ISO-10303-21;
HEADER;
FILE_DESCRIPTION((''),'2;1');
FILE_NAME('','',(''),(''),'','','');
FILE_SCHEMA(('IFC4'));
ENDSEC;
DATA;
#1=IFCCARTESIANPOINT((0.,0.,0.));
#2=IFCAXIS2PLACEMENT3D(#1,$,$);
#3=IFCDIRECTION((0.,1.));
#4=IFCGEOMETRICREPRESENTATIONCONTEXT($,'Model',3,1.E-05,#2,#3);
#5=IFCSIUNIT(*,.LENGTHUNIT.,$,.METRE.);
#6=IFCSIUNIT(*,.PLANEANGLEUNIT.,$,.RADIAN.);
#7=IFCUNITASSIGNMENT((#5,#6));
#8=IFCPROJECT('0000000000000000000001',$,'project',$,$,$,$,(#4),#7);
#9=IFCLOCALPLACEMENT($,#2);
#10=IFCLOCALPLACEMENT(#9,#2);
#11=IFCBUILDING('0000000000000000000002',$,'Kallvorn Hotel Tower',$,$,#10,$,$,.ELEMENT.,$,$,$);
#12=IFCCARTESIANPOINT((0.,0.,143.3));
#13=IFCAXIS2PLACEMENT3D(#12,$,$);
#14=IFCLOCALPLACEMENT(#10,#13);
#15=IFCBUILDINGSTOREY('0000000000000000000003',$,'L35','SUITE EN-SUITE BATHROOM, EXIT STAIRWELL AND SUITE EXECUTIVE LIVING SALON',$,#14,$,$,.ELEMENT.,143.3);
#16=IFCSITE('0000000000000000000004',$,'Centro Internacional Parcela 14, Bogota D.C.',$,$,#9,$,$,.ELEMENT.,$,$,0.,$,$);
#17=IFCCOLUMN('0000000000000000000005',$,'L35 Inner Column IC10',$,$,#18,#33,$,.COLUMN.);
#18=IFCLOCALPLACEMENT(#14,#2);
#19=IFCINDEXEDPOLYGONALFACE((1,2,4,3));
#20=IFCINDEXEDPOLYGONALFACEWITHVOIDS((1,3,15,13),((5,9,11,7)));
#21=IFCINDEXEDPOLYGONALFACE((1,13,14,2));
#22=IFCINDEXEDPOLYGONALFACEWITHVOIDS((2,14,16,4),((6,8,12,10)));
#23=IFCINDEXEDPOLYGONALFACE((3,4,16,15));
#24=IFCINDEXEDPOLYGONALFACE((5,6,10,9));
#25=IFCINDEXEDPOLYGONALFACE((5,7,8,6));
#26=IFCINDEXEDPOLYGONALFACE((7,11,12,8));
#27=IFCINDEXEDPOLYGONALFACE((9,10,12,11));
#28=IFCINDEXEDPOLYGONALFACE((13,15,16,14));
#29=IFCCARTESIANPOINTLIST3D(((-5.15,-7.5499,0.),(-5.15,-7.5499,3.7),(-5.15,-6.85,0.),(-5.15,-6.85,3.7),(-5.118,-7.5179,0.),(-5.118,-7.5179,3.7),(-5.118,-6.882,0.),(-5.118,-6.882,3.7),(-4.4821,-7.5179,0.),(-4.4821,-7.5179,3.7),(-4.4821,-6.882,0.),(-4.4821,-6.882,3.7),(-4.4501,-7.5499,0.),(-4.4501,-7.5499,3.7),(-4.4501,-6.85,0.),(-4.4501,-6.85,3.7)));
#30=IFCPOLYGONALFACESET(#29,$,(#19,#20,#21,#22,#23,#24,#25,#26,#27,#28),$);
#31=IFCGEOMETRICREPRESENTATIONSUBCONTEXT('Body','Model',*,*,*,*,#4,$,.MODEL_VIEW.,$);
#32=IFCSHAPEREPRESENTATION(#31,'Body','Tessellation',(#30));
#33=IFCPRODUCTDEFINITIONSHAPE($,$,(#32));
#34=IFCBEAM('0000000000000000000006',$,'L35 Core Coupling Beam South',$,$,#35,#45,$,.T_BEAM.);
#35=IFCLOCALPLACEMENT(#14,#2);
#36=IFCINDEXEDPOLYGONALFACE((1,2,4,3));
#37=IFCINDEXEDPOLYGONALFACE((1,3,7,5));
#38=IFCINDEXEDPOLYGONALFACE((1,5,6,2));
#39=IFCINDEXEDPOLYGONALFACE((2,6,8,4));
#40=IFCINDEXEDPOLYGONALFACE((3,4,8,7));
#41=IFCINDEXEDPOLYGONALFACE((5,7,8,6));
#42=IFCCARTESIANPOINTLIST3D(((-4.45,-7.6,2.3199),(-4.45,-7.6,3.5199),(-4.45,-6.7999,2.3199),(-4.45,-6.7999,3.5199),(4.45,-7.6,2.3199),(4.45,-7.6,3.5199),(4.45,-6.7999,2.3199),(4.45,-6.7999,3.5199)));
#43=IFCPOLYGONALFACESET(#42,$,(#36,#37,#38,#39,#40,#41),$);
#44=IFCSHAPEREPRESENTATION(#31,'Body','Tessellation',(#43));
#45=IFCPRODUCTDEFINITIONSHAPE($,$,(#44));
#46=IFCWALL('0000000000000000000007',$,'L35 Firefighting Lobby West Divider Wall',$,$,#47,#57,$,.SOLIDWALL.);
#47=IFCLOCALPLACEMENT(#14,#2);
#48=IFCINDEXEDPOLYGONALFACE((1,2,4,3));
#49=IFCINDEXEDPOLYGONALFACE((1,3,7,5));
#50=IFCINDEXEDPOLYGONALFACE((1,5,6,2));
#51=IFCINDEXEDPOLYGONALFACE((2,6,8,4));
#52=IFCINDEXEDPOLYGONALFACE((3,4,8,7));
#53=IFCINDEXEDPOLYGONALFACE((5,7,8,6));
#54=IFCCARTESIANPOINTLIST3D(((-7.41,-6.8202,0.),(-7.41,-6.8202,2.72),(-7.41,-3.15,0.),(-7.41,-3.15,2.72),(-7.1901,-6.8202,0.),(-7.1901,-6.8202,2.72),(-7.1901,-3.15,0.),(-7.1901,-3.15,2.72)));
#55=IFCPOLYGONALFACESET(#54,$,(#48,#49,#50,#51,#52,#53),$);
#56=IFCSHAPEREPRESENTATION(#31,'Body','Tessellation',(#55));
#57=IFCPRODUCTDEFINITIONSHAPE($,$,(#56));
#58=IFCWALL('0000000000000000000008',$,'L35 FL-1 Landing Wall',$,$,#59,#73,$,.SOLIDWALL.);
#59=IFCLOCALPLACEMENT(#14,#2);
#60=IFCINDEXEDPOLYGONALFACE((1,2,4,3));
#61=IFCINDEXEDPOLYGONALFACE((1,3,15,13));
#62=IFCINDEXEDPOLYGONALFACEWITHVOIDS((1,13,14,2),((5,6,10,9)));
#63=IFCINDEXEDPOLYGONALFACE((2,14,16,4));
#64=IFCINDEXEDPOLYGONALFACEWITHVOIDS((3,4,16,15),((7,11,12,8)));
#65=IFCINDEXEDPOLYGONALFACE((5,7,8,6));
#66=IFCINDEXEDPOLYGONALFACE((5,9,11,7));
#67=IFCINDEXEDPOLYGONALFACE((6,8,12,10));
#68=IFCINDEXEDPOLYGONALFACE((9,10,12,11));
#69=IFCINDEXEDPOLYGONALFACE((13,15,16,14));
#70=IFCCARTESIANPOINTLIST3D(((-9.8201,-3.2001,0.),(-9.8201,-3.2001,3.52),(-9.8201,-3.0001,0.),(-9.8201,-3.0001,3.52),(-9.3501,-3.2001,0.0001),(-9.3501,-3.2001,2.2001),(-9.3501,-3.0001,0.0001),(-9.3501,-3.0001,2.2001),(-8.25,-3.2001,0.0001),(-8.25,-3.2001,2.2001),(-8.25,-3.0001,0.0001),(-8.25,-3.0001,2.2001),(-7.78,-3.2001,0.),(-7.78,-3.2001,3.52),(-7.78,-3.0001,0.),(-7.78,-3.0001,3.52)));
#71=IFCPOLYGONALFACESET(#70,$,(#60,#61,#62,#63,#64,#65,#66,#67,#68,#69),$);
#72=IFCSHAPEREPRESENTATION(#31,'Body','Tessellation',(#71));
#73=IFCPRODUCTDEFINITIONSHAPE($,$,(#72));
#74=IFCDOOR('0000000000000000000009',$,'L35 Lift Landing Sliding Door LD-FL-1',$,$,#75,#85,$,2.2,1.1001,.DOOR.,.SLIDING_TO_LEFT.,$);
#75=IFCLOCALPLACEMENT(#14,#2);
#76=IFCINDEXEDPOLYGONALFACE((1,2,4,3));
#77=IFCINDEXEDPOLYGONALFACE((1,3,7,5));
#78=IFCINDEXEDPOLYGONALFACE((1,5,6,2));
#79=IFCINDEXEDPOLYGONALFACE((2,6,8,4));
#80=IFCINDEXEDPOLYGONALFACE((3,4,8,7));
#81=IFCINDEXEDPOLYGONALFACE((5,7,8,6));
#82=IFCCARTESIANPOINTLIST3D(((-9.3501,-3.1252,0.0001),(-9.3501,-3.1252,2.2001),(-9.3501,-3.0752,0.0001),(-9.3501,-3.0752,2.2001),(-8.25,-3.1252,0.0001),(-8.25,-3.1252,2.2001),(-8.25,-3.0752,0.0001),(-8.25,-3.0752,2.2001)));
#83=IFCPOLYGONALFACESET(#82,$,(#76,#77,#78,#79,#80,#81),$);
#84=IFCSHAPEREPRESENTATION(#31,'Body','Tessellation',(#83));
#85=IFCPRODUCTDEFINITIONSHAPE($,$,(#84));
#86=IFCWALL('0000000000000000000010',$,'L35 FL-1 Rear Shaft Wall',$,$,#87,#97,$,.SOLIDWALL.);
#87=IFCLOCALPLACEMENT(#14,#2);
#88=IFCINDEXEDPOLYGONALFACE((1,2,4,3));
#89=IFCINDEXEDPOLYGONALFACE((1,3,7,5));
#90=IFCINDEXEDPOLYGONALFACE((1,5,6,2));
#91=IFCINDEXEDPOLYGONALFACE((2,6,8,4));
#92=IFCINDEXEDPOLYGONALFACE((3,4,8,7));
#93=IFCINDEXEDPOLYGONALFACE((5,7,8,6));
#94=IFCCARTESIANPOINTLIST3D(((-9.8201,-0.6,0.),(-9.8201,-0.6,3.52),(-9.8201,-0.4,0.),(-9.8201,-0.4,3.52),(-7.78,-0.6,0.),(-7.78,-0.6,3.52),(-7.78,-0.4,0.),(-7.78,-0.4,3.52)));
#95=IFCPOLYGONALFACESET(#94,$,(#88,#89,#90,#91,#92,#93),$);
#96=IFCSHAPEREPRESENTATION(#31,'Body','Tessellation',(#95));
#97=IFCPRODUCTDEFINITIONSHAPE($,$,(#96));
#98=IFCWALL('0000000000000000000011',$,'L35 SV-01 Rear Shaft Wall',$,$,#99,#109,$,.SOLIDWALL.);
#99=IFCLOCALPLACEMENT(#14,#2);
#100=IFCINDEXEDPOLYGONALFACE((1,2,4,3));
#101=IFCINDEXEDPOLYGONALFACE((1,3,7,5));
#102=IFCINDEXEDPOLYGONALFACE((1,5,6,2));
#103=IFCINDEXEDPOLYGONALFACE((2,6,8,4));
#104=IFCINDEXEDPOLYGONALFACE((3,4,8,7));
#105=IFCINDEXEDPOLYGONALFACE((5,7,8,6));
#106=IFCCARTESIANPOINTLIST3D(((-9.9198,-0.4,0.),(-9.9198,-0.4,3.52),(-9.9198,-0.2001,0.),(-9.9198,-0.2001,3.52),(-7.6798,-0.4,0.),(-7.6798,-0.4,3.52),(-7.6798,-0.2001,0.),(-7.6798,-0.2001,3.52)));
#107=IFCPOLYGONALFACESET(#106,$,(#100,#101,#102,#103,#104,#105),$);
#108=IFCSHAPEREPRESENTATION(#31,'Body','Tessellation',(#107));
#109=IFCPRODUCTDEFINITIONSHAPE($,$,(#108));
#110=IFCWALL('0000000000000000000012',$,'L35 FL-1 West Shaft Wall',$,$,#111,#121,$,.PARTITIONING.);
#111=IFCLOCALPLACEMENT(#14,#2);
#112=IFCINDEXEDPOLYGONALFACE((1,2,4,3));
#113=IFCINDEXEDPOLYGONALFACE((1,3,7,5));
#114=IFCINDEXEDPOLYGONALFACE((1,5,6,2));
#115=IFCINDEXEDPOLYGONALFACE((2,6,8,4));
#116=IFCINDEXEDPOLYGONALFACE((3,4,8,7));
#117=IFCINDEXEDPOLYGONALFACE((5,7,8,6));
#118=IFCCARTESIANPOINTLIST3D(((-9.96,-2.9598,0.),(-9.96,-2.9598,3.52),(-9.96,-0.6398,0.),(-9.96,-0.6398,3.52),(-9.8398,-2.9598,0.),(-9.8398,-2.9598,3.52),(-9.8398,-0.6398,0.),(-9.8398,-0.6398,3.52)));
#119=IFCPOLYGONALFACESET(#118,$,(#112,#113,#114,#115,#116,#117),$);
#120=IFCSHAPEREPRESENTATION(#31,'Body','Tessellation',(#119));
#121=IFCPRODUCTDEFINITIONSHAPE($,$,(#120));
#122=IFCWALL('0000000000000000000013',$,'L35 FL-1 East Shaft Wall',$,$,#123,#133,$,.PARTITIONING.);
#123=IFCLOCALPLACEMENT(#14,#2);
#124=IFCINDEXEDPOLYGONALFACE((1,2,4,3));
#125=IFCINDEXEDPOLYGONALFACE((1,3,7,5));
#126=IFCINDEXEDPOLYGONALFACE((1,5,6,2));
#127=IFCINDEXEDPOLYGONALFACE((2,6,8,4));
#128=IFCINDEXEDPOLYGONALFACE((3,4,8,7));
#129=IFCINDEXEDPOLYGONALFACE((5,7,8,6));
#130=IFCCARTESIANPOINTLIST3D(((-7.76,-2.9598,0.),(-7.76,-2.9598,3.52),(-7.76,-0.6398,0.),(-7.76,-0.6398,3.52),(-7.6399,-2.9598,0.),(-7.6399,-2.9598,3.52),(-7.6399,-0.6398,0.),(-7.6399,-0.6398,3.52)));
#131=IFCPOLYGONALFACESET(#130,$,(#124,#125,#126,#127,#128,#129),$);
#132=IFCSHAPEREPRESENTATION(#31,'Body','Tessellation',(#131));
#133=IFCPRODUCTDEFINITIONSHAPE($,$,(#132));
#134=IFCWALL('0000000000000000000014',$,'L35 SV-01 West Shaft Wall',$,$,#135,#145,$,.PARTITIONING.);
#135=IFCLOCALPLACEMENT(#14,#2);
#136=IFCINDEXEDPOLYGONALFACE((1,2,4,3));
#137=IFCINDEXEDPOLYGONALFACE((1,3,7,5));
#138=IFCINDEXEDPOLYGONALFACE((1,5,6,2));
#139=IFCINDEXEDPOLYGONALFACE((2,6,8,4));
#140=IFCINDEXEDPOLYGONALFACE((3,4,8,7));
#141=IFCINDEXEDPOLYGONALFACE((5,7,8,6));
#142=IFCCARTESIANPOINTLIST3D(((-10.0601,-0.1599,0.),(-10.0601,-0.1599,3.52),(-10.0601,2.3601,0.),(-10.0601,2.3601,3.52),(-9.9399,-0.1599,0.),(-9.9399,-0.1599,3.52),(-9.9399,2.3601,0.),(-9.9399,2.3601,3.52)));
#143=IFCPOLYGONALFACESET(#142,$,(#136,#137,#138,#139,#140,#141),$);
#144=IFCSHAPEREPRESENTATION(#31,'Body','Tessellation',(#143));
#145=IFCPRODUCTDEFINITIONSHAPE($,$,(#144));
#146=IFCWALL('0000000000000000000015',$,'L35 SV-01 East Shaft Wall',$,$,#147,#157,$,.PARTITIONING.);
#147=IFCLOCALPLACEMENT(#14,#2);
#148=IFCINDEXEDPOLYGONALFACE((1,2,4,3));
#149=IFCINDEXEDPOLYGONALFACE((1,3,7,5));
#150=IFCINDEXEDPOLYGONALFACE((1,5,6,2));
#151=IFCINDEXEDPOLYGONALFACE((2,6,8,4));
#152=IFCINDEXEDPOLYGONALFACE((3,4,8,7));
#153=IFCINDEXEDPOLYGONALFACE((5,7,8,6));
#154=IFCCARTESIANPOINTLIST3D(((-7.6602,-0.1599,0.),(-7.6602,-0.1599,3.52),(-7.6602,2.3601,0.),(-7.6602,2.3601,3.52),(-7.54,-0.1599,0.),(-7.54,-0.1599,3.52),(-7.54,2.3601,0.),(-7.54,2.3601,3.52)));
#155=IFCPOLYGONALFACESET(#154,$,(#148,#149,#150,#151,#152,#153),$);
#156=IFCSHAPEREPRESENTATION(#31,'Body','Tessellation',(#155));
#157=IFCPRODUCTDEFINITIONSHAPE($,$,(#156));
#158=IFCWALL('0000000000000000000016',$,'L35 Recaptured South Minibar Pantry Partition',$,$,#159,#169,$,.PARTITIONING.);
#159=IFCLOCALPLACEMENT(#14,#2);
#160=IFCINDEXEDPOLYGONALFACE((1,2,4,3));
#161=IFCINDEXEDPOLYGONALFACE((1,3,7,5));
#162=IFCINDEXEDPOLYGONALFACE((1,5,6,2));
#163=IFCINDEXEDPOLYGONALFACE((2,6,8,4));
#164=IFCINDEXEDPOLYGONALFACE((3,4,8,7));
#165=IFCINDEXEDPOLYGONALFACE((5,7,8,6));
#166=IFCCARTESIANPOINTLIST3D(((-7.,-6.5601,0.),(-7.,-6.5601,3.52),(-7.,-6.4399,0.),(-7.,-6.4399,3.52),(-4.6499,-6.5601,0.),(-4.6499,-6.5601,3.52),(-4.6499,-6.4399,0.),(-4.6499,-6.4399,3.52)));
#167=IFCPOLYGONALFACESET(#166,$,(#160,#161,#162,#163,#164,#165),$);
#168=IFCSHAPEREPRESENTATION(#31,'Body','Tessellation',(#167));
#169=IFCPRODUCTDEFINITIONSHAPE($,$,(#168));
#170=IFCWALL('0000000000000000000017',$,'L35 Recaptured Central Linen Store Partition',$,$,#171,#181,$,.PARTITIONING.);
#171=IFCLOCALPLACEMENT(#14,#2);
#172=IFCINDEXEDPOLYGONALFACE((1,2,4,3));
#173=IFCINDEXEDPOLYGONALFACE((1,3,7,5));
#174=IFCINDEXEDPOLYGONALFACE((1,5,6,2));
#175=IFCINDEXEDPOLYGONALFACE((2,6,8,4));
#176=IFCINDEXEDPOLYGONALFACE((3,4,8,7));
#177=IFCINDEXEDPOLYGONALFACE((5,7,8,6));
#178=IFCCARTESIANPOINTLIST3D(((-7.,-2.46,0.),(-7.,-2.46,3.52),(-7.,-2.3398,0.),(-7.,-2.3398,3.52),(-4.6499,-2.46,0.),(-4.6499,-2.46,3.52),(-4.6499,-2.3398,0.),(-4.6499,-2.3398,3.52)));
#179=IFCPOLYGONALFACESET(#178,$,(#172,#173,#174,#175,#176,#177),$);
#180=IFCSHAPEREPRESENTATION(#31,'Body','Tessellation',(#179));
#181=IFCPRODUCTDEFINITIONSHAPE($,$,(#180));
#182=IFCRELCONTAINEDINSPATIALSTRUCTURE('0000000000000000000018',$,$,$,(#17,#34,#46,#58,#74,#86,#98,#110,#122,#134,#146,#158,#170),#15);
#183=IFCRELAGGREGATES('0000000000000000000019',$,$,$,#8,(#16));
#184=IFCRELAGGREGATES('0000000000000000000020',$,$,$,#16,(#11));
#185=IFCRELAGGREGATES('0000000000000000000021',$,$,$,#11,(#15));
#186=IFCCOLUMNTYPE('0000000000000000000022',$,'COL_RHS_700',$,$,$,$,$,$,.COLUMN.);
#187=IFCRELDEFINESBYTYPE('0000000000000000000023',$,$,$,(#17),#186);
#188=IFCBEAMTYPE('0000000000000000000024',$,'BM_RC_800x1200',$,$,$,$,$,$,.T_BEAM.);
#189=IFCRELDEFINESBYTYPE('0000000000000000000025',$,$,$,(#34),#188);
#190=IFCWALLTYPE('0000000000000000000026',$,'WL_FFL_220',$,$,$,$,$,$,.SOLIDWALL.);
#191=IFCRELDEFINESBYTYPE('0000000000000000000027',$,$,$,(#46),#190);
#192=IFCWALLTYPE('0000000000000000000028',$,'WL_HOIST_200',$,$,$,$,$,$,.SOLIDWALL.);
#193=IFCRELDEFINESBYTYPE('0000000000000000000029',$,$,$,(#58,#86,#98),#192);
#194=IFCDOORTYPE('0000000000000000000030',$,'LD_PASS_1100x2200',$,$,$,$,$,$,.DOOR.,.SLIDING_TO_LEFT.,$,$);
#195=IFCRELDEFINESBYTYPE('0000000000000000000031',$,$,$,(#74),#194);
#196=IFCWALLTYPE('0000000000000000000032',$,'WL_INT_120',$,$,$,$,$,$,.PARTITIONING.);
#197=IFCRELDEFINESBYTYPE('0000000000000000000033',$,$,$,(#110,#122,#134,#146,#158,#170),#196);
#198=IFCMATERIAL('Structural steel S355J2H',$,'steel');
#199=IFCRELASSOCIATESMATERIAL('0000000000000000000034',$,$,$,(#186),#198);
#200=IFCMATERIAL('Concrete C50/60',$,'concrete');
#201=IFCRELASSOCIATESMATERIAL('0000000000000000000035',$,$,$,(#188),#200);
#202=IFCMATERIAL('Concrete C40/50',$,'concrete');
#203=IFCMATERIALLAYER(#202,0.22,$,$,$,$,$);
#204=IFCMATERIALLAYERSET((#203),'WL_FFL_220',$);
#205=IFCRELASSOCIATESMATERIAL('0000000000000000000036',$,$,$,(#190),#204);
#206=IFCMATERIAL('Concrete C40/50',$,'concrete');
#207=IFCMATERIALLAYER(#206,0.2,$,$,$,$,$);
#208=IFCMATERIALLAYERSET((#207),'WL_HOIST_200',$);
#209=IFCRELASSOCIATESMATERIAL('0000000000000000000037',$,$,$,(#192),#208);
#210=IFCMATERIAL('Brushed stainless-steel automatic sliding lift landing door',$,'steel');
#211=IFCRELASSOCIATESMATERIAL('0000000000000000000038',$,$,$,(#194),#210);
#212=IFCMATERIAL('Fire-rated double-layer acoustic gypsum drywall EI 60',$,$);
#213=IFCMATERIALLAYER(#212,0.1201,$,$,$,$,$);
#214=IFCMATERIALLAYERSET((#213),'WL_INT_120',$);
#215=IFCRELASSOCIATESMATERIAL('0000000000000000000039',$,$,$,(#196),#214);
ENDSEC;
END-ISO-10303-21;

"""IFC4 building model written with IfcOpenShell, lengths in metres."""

from ifc_helpers import new_model, si_unit, direction, frame, frame_2d, origin, origin_2d, place, context, subcontext, project, spatial, rectangle, hollow_rectangle, extrude, material, layer, layer_set, material_profile, profile_set, type_object, element, fill, save


model = new_model("IFC4")

# Units and contexts
model_context = context("Model", 3, precision=1e-05, world=origin(), true_north=direction((0.0, 1.0)))
body_context = subcontext(model_context, "Body", "Model", "MODEL_VIEW")
ifc_project = project(units=[si_unit("LENGTHUNIT", "METRE"), si_unit("PLANEANGLEUNIT", "RADIAN")], contexts=[model_context])

# Site, building, storey
site_placement = place(None, origin())
site = spatial("IfcSite", under=ifc_project, at=site_placement, Name="Centro Internacional Parcela 14, Bogota D.C.", CompositionType="ELEMENT", RefElevation=0.0)
building_placement = place(site_placement, origin())
building = spatial("IfcBuilding", under=site, at=building_placement, Name="Kallvorn Hotel Tower", CompositionType="ELEMENT")
storey_placement = place(building_placement, frame((0.0, 0.0, 143.3)))
storey = spatial("IfcBuildingStorey", under=building, at=storey_placement, Name="L35", Description="SUITE EN-SUITE BATHROOM, EXIT STAIRWELL AND SUITE EXECUTIVE LIVING SALON", CompositionType="ELEMENT", Elevation=143.3)

# Column
ifc_material_1 = material(Name="Structural steel S355J2H", Category="steel")
ifc_material_profile_1 = material_profile(ifc_material_1, hollow_rectangle(XDim=0.7, YDim=0.7, WallThickness=0.032, at=origin_2d()), Name="RHS 700x700x32")
ifc_profile_set_1 = profile_set([ifc_material_profile_1], Name="Structural steel S355J2H")
column_type = type_object("IfcColumnType", Name="COL_RHS_700", PredefinedType="COLUMN", material=ifc_profile_set_1)
column_placement = place(storey_placement, frame((-4.8, -7.2, 0.0), z_axis=(0.0, 0.0, 1.0), x_axis=(1.0, 0.0, 0.0)))
element("IfcColumn", 1, at=column_placement, inside=storey, type_object=column_type, Name="L35 Inner Column IC10", PredefinedType="COLUMN", context=body_context, shape_type="SweptSolid", body=[
    extrude(hollow_rectangle(XDim=0.7, YDim=0.7, WallThickness=0.032, at=origin_2d()), origin(), (0.0, 0.0, 1.0), 3.7),
])

# Beam
ifc_material_2 = material(Name="Concrete C50/60", Category="concrete")
ifc_material_profile_2 = material_profile(ifc_material_2, rectangle(XDim=0.8, YDim=1.2, at=origin_2d()), Name="RC 800x1200")
ifc_profile_set_2 = profile_set([ifc_material_profile_2], Name="Concrete C50/60")
beam_type = type_object("IfcBeamType", Name="BM_RC_800x1200", PredefinedType="T_BEAM", material=ifc_profile_set_2)
beam_placement = place(storey_placement, frame((-4.45, -7.2, 2.9199), z_axis=(1.0, 0.0, 0.0), x_axis=(0.0, 1.0, 0.0)))
element("IfcBeam", 2, at=beam_placement, inside=storey, type_object=beam_type, Name="L35 Core Coupling Beam South", PredefinedType="T_BEAM", context=body_context, shape_type="SweptSolid", body=[
    extrude(rectangle(XDim=0.8, YDim=1.2, at=origin_2d()), origin(), (0.0, 0.0, 1.0), 8.8999),
])

# Wall
ifc_material_3 = material(Name="Concrete C40/50", Category="concrete")
ifc_layer_1 = layer(ifc_material_3, 0.22)
ifc_layer_set_1 = layer_set([ifc_layer_1], Name="WL_FFL_220")
wall_type_1 = type_object("IfcWallType", Name="WL_FFL_220", PredefinedType="SOLIDWALL", material=ifc_layer_set_1)
wall_1_placement = place(storey_placement, frame((-7.3, -6.8201, 0.0), z_axis=(0.0, 0.0, 1.0), x_axis=(0.0, 1.0, 0.0)))
element("IfcWall", 3, at=wall_1_placement, inside=storey, type_object=wall_type_1, Name="L35 Firefighting Lobby West Divider Wall", PredefinedType="SOLIDWALL", context=body_context, shape_type="SweptSolid", body=[
    extrude(rectangle(XDim=3.6702, YDim=0.22, at=frame_2d((1.835, 0.0))), origin(), (0.0, 0.0, 1.0), 2.72),
])

# Wall, opening, door
ifc_material_4 = material(Name="Concrete C40/50", Category="concrete")
ifc_layer_2 = layer(ifc_material_4, 0.2)
ifc_layer_set_2 = layer_set([ifc_layer_2], Name="WL_HOIST_200")
wall_type_2 = type_object("IfcWallType", Name="WL_HOIST_200", PredefinedType="SOLIDWALL", material=ifc_layer_set_2)
wall_2_placement = place(storey_placement, frame((-9.8201, -3.1001, 0.0), z_axis=(0.0, 0.0, 1.0), x_axis=(1.0, 0.0, 0.0)))
wall_2 = element("IfcWall", 4, at=wall_2_placement, inside=storey, type_object=wall_type_2, Name="L35 FL-1 Landing Wall", PredefinedType="SOLIDWALL", context=body_context, shape_type="SweptSolid", body=[
    extrude(rectangle(XDim=2.04, YDim=0.2, at=frame_2d((1.02, 0.0))), origin(), (0.0, 0.0, 1.0), 3.52),
])
opening_1_placement = place(wall_2_placement, frame((0.47, 0.0, 0.0)))
opening_1 = element("IfcOpeningElement", 5, at=opening_1_placement, cuts=wall_2, PredefinedType="OPENING", context=body_context, shape_type="SweptSolid", body=[
    extrude(rectangle(XDim=1.1001, YDim=2.2, at=frame_2d((0.55, 1.1001))), frame((0.0, 0.115, 0.0), z_axis=(0.0, -1.0, 0.0), x_axis=(1.0, 0.0, 0.0)), (0.0, 0.0, 1.0), 0.23),
])
ifc_material_5 = material(Name="Brushed stainless-steel automatic sliding lift landing door", Category="steel")
door_type_1 = type_object("IfcDoorType", Name="LD_PASS_1100x2200", OperationType="SLIDING_TO_LEFT", PredefinedType="DOOR", material=ifc_material_5)
door_1_placement = place(opening_1_placement, origin())
door_1 = element("IfcDoor", 6, at=door_1_placement, inside=storey, type_object=door_type_1, Name="L35 Lift Landing Sliding Door LD-FL-1", OperationType="SLIDING_TO_LEFT", OverallHeight=2.2, OverallWidth=1.1001, PredefinedType="DOOR", context=body_context, shape_type="SweptSolid", body=[
    extrude(rectangle(XDim=1.1001, YDim=2.2, at=frame_2d((0.55, 1.1001))), frame((0.0, 0.0249, 0.0), z_axis=(0.0, -1.0, 0.0), x_axis=(1.0, 0.0, 0.0)), (0.0, 0.0, 1.0), 0.05),
])
fill(opening_1, door_1)

# Walls
wall_3_placement = place(storey_placement, frame((-9.8201, -0.5, 0.0), z_axis=(0.0, 0.0, 1.0), x_axis=(1.0, 0.0, 0.0)))
element("IfcWall", 7, at=wall_3_placement, inside=storey, type_object=wall_type_2, Name="L35 FL-1 Rear Shaft Wall", PredefinedType="SOLIDWALL", context=body_context, shape_type="SweptSolid", body=[
    extrude(rectangle(XDim=2.04, YDim=0.2, at=frame_2d((1.02, 0.0))), origin(), (0.0, 0.0, 1.0), 3.52),
])
wall_4_placement = place(storey_placement, frame((-9.9199, -0.3, 0.0), z_axis=(0.0, 0.0, 1.0), x_axis=(1.0, 0.0, 0.0)))
element("IfcWall", 8, at=wall_4_placement, inside=storey, type_object=wall_type_2, Name="L35 SV-01 Rear Shaft Wall", PredefinedType="SOLIDWALL", context=body_context, shape_type="SweptSolid", body=[
    extrude(rectangle(XDim=2.24, YDim=0.2, at=frame_2d((1.1201, 0.0))), origin(), (0.0, 0.0, 1.0), 3.52),
])
ifc_material_6 = material(Name="Fire-rated double-layer acoustic gypsum drywall EI 60")
ifc_layer_3 = layer(ifc_material_6, 0.1201)
ifc_layer_set_3 = layer_set([ifc_layer_3], Name="WL_INT_120")
wall_type_3 = type_object("IfcWallType", Name="WL_INT_120", PredefinedType="PARTITIONING", material=ifc_layer_set_3)
for number, where, z_axis, x_axis, name in (
    (9, (-9.8999, -2.96, 0.0), (0.0, 0.0, 1.0), (0.0, 1.0, 0.0), "L35 FL-1 West Shaft Wall"),
    (10, (-7.7, -2.96, 0.0), (0.0, 0.0, 1.0), (0.0, 1.0, 0.0), "L35 FL-1 East Shaft Wall"),
):
    element("IfcWall", number, at=place(storey_placement, frame(where, z_axis=z_axis, x_axis=x_axis)), inside=storey, type_object=wall_type_3, Name=name, PredefinedType="PARTITIONING", context=body_context, shape_type="SweptSolid", body=[
        extrude(rectangle(XDim=2.3201, YDim=0.1201, at=frame_2d((1.1602, 0.0))), origin(), (0.0, 0.0, 1.0), 3.52),
    ])
for number, where, z_axis, x_axis, name in (
    (11, (-10.0, -0.1599, 0.0), (0.0, 0.0, 1.0), (0.0, 1.0, 0.0), "L35 SV-01 West Shaft Wall"),
    (12, (-7.6001, -0.1599, 0.0), (0.0, 0.0, 1.0), (0.0, 1.0, 0.0), "L35 SV-01 East Shaft Wall"),
):
    element("IfcWall", number, at=place(storey_placement, frame(where, z_axis=z_axis, x_axis=x_axis)), inside=storey, type_object=wall_type_3, Name=name, PredefinedType="PARTITIONING", context=body_context, shape_type="SweptSolid", body=[
        extrude(rectangle(XDim=2.52, YDim=0.1201, at=frame_2d((1.26, 0.0))), origin(), (0.0, 0.0, 1.0), 3.52),
    ])
for number, where, z_axis, x_axis, name in (
    (13, (-7.0, -6.5, 0.0), (0.0, 0.0, 1.0), (1.0, 0.0, 0.0), "L35 Recaptured South Minibar Pantry Partition"),
    (14, (-7.0, -2.3999, 0.0), (0.0, 0.0, 1.0), (1.0, 0.0, 0.0), "L35 Recaptured Central Linen Store Partition"),
):
    element("IfcWall", number, at=place(storey_placement, frame(where, z_axis=z_axis, x_axis=x_axis)), inside=storey, type_object=wall_type_3, Name=name, PredefinedType="PARTITIONING", context=body_context, shape_type="SweptSolid", body=[
        extrude(rectangle(XDim=2.3501, YDim=0.1201, at=frame_2d((1.175, 0.0))), origin(), (0.0, 0.0, 1.0), 3.52),
    ])

save(model, "model.ifc")
